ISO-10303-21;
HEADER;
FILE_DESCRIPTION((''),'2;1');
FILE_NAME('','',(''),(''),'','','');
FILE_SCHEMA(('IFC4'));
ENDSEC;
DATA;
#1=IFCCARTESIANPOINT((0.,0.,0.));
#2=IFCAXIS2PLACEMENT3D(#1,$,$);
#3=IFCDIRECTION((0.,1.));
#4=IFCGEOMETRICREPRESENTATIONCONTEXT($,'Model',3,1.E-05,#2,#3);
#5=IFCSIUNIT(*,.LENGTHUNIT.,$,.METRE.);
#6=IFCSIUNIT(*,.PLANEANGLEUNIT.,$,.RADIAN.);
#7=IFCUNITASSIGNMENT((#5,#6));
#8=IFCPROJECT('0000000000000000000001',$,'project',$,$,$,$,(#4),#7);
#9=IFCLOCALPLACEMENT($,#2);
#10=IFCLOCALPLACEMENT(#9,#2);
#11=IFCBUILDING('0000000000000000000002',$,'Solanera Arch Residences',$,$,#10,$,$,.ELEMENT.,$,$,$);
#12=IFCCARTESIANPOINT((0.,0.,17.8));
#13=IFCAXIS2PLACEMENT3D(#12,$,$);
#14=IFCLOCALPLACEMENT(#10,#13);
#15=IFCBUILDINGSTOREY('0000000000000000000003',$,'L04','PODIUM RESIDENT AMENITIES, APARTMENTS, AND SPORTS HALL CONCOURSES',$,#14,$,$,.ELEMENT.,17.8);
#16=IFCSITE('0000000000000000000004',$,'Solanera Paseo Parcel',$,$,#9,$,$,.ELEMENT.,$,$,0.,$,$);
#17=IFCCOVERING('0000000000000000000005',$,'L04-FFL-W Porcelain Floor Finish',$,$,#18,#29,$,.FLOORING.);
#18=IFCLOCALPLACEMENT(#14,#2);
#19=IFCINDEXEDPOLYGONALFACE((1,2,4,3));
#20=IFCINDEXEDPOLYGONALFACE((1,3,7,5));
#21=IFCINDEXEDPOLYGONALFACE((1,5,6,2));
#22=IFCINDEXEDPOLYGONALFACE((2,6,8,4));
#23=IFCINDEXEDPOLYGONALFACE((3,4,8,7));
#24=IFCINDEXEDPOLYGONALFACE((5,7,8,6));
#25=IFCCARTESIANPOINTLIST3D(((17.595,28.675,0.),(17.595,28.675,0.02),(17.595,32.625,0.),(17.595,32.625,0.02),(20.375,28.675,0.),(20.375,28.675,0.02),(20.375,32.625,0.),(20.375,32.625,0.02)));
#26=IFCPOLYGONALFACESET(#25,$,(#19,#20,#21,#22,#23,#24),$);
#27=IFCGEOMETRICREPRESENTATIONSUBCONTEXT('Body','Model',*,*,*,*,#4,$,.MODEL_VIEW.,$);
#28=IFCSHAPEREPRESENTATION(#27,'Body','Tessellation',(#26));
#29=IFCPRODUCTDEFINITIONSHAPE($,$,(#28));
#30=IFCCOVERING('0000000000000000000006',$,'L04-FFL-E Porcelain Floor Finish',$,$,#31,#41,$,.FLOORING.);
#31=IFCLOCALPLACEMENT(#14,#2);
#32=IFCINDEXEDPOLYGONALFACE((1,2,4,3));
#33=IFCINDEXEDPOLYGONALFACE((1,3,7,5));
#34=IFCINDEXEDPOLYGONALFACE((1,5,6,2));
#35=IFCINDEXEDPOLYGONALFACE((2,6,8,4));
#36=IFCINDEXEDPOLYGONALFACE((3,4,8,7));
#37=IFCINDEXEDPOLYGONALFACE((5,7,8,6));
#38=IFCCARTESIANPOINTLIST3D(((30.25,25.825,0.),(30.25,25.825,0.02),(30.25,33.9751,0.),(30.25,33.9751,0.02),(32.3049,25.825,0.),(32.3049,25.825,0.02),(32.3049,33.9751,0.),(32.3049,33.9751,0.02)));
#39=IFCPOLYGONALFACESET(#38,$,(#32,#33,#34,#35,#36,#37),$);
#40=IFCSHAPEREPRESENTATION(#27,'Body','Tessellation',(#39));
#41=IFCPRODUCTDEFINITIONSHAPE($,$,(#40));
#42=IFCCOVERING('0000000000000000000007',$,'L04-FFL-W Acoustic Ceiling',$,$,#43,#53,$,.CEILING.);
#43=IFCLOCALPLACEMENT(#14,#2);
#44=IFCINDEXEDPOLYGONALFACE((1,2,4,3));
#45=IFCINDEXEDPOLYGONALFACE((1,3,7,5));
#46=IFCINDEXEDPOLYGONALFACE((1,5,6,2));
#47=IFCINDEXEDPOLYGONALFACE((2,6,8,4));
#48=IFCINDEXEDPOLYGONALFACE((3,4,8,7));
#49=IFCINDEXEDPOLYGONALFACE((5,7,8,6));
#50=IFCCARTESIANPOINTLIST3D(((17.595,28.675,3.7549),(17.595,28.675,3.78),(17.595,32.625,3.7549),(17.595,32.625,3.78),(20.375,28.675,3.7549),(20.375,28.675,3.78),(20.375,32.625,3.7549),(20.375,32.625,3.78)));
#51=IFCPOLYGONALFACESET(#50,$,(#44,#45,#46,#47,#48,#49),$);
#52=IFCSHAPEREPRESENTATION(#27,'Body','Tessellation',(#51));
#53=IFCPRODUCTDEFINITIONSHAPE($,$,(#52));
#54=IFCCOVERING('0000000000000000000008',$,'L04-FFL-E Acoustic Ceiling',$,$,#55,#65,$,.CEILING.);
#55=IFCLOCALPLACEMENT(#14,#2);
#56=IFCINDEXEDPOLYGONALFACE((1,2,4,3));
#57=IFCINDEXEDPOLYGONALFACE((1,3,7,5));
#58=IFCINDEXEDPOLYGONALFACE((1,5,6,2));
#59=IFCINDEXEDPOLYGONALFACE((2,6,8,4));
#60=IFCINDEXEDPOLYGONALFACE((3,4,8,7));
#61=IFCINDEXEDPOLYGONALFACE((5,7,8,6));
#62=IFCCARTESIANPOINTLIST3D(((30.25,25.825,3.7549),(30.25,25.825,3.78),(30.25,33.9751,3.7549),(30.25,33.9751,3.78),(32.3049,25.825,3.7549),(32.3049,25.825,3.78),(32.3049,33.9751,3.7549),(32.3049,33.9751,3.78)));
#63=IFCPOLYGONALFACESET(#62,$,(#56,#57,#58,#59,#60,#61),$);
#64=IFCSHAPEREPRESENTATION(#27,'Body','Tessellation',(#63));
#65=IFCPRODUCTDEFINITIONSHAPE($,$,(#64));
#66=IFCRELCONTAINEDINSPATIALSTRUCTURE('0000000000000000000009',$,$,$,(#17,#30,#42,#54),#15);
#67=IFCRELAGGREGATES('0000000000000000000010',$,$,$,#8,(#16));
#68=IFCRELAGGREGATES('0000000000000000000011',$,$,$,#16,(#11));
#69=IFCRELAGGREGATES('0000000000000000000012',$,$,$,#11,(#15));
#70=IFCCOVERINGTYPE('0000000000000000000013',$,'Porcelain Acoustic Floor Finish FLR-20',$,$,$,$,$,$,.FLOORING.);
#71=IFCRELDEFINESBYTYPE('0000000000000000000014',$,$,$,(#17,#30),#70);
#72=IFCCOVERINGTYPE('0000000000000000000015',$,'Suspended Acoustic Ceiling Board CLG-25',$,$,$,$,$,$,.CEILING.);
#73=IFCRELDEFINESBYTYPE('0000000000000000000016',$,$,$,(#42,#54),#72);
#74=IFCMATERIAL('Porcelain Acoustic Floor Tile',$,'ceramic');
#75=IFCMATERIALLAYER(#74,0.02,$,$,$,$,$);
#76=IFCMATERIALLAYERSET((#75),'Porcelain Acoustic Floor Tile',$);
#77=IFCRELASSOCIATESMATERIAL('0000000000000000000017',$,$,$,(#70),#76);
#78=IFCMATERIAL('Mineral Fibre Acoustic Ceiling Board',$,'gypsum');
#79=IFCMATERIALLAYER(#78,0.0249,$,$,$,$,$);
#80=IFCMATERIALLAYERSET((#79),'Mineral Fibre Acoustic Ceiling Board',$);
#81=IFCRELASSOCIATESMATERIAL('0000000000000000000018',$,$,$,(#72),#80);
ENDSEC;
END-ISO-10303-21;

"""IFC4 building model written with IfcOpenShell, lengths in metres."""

from ifc_helpers import new_model, si_unit, direction, frame, origin, place, context, subcontext, project, spatial, polyline, outline, extrude, material, layer, layer_set, type_object, element, save


model = new_model("IFC4")

# Units and contexts
model_context = context("Model", 3, precision=1e-05, world=origin(), true_north=direction((0.0, 1.0)))
body_context = subcontext(model_context, "Body", "Model", "MODEL_VIEW")
ifc_project = project(units=[si_unit("LENGTHUNIT", "METRE"), si_unit("PLANEANGLEUNIT", "RADIAN")], contexts=[model_context])

# Site, building, storey
site_placement = place(None, origin())
site = spatial("IfcSite", under=ifc_project, at=site_placement, Name="Solanera Paseo Parcel", CompositionType="ELEMENT", RefElevation=0.0)
building_placement = place(site_placement, origin())
building = spatial("IfcBuilding", under=site, at=building_placement, Name="Solanera Arch Residences", CompositionType="ELEMENT")
storey_placement = place(building_placement, frame((0.0, 0.0, 17.8)))
storey = spatial("IfcBuildingStorey", under=building, at=storey_placement, Name="L04", Description="PODIUM RESIDENT AMENITIES, APARTMENTS, AND SPORTS HALL CONCOURSES", CompositionType="ELEMENT", Elevation=17.8)

# Coverings
ifc_material_1 = material(Name="Porcelain Acoustic Floor Tile", Category="ceramic")
ifc_layer_1 = layer(ifc_material_1, 0.02)
ifc_layer_set_1 = layer_set([ifc_layer_1], Name="Porcelain Acoustic Floor Tile")
covering_type_1 = type_object("IfcCoveringType", Name="Porcelain Acoustic Floor Finish FLR-20", PredefinedType="FLOORING", material=ifc_layer_set_1)
covering_1_placement = place(storey_placement, origin())
element("IfcCovering", 1, at=covering_1_placement, inside=storey, type_object=covering_type_1, Name="L04-FFL-W Porcelain Floor Finish", PredefinedType="FLOORING", context=body_context, shape_type="SweptSolid", body=[
    extrude(outline(polyline([(20.375, 28.675), (17.595, 28.675), (17.595, 32.625), (20.375, 32.625), (20.375, 28.675)])), origin(), (0.0, 0.0, 1.0), 0.02),
])
covering_2_placement = place(storey_placement, origin())
element("IfcCovering", 2, at=covering_2_placement, inside=storey, type_object=covering_type_1, Name="L04-FFL-E Porcelain Floor Finish", PredefinedType="FLOORING", context=body_context, shape_type="SweptSolid", body=[
    extrude(outline(polyline([(32.3049, 25.825), (30.25, 25.825), (30.25, 33.9751), (32.3049, 33.9751), (32.3049, 25.825)])), origin(), (0.0, 0.0, 1.0), 0.02),
])
ifc_material_2 = material(Name="Mineral Fibre Acoustic Ceiling Board", Category="gypsum")
ifc_layer_2 = layer(ifc_material_2, 0.0249)
ifc_layer_set_2 = layer_set([ifc_layer_2], Name="Mineral Fibre Acoustic Ceiling Board")
covering_type_2 = type_object("IfcCoveringType", Name="Suspended Acoustic Ceiling Board CLG-25", PredefinedType="CEILING", material=ifc_layer_set_2)
covering_3_placement = place(storey_placement, frame((0.0, 0.0, 3.7549)))
element("IfcCovering", 3, at=covering_3_placement, inside=storey, type_object=covering_type_2, Name="L04-FFL-W Acoustic Ceiling", PredefinedType="CEILING", context=body_context, shape_type="SweptSolid", body=[
    extrude(outline(polyline([(20.375, 28.675), (17.595, 28.675), (17.595, 32.625), (20.375, 32.625), (20.375, 28.675)])), origin(), (0.0, 0.0, 1.0), 0.0251),
])
covering_4_placement = place(storey_placement, frame((0.0, 0.0, 3.7549)))
element("IfcCovering", 4, at=covering_4_placement, inside=storey, type_object=covering_type_2, Name="L04-FFL-E Acoustic Ceiling", PredefinedType="CEILING", context=body_context, shape_type="SweptSolid", body=[
    extrude(outline(polyline([(32.3049, 25.825), (30.25, 25.825), (30.25, 33.9751), (32.3049, 33.9751), (32.3049, 25.825)])), origin(), (0.0, 0.0, 1.0), 0.0251),
])

save(model, "model.ifc")
